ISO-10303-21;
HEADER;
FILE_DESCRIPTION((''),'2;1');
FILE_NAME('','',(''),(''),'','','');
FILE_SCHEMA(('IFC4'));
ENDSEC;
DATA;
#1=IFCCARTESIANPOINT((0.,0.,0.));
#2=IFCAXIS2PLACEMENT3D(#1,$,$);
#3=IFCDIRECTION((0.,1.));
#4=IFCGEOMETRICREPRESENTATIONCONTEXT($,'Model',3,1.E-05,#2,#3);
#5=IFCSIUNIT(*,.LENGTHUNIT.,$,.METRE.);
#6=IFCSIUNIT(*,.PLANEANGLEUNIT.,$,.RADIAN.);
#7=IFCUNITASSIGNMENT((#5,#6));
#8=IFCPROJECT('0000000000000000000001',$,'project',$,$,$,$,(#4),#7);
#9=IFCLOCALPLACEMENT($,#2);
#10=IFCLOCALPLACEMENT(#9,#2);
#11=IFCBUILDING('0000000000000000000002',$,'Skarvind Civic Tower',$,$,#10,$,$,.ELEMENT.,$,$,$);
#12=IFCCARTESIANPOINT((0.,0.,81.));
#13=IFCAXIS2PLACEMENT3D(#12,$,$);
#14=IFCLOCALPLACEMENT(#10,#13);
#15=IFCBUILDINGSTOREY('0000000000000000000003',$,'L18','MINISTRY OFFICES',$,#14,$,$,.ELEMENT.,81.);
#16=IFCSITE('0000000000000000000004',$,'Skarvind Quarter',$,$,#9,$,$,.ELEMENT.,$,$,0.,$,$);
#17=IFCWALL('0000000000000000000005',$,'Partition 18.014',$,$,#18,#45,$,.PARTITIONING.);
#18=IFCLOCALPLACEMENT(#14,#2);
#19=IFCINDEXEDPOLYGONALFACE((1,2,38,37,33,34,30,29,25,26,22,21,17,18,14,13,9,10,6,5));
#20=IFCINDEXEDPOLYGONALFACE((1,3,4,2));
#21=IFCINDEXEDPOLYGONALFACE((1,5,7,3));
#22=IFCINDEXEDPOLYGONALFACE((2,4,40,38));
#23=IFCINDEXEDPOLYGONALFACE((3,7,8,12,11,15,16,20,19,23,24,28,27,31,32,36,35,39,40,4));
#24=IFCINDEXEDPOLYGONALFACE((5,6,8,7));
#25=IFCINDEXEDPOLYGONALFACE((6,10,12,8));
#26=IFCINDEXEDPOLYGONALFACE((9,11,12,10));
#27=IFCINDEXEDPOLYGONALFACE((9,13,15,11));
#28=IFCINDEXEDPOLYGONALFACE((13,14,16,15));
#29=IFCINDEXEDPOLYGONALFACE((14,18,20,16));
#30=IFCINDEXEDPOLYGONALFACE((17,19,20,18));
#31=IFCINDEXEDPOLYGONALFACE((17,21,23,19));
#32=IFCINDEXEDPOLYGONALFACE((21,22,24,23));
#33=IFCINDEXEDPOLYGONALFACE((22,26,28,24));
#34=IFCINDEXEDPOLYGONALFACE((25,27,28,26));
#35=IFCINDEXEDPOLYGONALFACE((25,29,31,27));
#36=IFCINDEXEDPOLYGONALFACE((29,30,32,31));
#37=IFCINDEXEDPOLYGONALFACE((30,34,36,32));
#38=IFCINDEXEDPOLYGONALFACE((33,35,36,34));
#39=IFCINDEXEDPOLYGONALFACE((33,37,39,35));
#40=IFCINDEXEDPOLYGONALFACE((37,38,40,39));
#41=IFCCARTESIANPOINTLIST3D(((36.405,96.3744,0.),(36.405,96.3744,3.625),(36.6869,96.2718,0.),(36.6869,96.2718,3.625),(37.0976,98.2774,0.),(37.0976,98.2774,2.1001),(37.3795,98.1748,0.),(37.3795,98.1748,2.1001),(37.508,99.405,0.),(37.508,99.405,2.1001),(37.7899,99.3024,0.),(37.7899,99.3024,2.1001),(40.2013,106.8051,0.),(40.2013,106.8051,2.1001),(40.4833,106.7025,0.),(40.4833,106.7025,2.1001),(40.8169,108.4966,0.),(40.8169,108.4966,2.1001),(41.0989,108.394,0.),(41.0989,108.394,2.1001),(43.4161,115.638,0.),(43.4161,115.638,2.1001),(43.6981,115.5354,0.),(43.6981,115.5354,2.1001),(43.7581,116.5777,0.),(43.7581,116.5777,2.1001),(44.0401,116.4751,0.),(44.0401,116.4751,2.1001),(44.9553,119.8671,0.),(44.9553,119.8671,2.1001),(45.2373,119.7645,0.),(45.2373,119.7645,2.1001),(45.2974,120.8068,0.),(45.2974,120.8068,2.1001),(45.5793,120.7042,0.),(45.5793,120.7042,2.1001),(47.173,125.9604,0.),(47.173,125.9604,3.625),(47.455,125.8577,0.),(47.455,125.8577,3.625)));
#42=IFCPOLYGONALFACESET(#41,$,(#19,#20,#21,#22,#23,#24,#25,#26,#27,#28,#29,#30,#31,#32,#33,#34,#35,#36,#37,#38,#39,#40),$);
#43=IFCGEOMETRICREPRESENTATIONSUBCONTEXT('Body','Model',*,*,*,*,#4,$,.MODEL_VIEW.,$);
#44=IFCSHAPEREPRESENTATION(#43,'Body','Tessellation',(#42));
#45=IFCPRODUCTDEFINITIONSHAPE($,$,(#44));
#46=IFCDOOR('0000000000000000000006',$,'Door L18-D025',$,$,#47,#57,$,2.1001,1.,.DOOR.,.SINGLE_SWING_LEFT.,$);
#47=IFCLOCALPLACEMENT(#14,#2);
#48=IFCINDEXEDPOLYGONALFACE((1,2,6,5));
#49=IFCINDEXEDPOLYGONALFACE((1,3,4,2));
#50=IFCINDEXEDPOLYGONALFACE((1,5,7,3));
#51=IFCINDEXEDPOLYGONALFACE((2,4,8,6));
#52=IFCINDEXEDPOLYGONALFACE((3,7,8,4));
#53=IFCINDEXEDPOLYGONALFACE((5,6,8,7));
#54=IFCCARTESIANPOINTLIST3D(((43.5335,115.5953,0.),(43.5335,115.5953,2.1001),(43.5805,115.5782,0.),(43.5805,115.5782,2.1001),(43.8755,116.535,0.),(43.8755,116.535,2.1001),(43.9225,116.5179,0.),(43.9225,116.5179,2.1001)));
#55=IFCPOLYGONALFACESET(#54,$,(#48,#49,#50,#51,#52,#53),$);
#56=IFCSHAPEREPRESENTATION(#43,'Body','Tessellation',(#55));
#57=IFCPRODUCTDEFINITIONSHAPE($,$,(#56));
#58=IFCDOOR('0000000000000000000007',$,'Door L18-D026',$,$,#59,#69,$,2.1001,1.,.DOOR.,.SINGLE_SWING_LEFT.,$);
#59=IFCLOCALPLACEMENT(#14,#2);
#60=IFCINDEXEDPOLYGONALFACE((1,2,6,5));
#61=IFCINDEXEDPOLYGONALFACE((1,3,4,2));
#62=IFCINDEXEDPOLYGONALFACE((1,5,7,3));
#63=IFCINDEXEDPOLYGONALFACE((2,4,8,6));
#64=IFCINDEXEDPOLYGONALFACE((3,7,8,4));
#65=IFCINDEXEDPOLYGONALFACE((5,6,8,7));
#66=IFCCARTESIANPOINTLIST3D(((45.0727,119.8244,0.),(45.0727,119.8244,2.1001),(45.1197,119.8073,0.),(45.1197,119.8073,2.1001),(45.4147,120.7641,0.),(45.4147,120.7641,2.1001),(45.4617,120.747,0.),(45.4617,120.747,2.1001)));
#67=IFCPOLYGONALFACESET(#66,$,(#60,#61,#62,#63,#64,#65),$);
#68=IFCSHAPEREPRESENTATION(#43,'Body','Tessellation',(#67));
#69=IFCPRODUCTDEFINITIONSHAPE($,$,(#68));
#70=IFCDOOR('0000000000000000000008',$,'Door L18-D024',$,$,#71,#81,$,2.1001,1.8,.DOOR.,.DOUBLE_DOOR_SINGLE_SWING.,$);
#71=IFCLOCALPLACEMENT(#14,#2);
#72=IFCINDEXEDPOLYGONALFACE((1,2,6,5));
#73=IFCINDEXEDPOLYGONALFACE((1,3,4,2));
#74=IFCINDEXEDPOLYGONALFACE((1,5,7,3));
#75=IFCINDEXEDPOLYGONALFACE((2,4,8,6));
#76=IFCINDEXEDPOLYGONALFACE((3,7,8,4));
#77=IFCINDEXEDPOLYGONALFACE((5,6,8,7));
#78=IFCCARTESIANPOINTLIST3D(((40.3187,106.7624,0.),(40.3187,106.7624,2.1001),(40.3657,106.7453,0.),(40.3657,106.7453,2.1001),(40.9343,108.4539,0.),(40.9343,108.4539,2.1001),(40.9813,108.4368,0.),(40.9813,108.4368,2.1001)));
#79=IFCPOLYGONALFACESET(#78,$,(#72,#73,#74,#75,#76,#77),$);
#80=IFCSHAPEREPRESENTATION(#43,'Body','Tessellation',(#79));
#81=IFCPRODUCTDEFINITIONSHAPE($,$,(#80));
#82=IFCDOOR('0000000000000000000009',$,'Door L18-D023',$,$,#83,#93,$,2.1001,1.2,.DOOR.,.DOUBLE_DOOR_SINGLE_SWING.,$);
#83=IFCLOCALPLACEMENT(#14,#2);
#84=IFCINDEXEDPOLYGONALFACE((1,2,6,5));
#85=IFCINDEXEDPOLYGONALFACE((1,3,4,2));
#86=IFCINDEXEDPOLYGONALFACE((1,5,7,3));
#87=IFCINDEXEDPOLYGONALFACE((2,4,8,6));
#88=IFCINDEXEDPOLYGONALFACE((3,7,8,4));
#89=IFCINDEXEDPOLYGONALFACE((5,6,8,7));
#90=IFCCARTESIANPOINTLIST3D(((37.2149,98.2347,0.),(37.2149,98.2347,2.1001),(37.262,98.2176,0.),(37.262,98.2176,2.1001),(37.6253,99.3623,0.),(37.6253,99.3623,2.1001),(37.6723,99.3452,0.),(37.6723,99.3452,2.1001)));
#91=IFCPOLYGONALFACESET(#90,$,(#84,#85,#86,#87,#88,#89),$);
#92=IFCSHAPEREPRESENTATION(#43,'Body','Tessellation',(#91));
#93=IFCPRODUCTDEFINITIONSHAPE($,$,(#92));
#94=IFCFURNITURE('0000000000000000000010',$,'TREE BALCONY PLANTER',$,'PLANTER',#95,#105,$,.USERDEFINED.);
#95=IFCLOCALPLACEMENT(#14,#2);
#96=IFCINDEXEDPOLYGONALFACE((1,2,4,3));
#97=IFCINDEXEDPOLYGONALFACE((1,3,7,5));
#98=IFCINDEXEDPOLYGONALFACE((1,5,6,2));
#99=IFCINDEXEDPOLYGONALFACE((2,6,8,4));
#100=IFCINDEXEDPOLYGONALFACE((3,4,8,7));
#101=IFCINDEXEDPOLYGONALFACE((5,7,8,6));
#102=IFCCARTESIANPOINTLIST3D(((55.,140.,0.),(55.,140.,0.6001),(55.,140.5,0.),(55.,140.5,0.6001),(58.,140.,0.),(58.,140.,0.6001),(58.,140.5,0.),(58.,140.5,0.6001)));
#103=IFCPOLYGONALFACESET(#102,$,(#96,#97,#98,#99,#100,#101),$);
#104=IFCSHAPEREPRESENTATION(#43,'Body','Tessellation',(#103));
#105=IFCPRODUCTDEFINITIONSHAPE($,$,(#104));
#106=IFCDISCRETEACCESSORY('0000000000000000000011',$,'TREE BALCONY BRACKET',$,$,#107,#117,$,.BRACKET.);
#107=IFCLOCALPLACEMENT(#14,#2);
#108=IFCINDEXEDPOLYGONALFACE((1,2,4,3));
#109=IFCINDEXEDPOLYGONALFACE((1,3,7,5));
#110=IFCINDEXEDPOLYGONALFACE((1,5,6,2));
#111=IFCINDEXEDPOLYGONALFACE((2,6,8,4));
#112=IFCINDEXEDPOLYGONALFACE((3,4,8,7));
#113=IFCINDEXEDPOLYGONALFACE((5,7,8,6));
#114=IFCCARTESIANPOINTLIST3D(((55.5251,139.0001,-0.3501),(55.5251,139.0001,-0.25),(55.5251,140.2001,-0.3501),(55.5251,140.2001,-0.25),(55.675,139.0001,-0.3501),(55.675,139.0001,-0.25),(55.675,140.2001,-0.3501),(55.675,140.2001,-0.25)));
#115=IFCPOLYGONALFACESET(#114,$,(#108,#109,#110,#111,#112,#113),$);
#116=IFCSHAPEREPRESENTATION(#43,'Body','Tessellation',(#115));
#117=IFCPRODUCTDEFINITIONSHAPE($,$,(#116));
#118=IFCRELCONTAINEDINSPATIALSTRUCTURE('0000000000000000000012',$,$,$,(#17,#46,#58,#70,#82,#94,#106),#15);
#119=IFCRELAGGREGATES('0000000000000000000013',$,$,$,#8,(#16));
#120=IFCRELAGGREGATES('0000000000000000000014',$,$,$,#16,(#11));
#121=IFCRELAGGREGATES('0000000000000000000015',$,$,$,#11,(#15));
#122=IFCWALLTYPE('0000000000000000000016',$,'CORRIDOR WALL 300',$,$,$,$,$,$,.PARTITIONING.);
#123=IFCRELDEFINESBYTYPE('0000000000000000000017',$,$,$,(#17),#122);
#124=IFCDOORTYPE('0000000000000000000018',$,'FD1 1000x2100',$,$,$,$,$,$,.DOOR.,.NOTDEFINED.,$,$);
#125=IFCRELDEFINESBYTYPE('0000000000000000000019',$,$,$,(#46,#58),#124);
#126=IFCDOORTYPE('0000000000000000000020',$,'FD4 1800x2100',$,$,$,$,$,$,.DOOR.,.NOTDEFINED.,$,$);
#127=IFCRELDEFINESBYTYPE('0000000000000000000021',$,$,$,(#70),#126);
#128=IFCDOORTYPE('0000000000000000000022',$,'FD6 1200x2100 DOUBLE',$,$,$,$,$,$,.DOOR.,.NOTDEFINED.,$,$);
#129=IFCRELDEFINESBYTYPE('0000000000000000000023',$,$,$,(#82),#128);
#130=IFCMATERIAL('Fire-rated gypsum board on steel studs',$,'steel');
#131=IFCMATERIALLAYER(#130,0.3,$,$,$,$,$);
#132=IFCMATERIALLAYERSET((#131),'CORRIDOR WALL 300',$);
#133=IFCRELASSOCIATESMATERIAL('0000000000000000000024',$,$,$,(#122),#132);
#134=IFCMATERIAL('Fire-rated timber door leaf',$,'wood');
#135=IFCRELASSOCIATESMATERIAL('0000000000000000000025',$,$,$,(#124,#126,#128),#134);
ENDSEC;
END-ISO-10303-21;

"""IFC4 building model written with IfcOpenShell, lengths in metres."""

from ifc_helpers import new_model, si_unit, direction, frame, frame_2d, origin, origin_2d, place, context, subcontext, project, spatial, rectangle, extrude, material, layer, layer_set, type_object, element, fill, save


model = new_model("IFC4")

# Units and contexts
model_context = context("Model", 3, precision=1e-05, world=origin(), true_north=direction((0.0, 1.0)))
body_context = subcontext(model_context, "Body", "Model", "MODEL_VIEW")
ifc_project = project(units=[si_unit("LENGTHUNIT", "METRE"), si_unit("PLANEANGLEUNIT", "RADIAN")], contexts=[model_context])

# Site, building, storey
site_placement = place(None, origin())
site = spatial("IfcSite", under=ifc_project, at=site_placement, Name="Skarvind Quarter", CompositionType="ELEMENT", RefElevation=0.0)
building_placement = place(site_placement, origin())
building = spatial("IfcBuilding", under=site, at=building_placement, Name="Skarvind Civic Tower", CompositionType="ELEMENT")
storey_placement = place(building_placement, frame((0.0, 0.0, 81.0)))
storey = spatial("IfcBuildingStorey", under=building, at=storey_placement, Name="L18", Description="MINISTRY OFFICES", CompositionType="ELEMENT", Elevation=81.0)

# Wall, openings, doors
ifc_material_1 = material(Name="Fire-rated gypsum board on steel studs", Category="steel")
ifc_layer_1 = layer(ifc_material_1, 0.3)
ifc_layer_set_1 = layer_set([ifc_layer_1], Name="CORRIDOR WALL 300")
wall_type_1 = type_object("IfcWallType", Name="CORRIDOR WALL 300", PredefinedType="PARTITIONING", material=ifc_layer_set_1)
wall_1_placement = place(storey_placement, frame((47.314, 125.9089, 0.0), z_axis=(0.0, 0.0, 1.0), x_axis=(-0.342011, -0.939696, 0.0)))
wall_1 = element("IfcWall", 1, at=wall_1_placement, inside=storey, type_object=wall_type_1, Name="Partition 18.014", PredefinedType="PARTITIONING", context=body_context, shape_type="SweptSolid", body=[
    extrude(rectangle(XDim=31.4846, YDim=0.3, at=frame_2d((15.7422, 0.0))), origin(), (0.0, 0.0, 1.0), 3.625),
])
opening_1_placement = place(wall_1_placement, frame((28.2593, 0.0, 0.0)))
opening_1 = element("IfcOpeningElement", 2, at=opening_1_placement, cuts=wall_1, PredefinedType="OPENING", context=body_context, shape_type="SweptSolid", body=[
    extrude(rectangle(XDim=1.2, YDim=2.1001, at=frame_2d((0.6001, 1.05))), frame((0.0, 0.1599, 0.0), z_axis=(0.0, -1.0, 0.0), x_axis=(1.0, 0.0, 0.0)), (0.0, 0.0, 1.0), 0.3201),
])
opening_2_placement = place(wall_1_placement, frame((18.5845, 0.0, 0.0)))
opening_2 = element("IfcOpeningElement", 3, at=opening_2_placement, cuts=wall_1, PredefinedType="OPENING", context=body_context, shape_type="SweptSolid", body=[
    extrude(rectangle(XDim=1.8, YDim=2.1001, at=frame_2d((0.8999, 1.05))), frame((0.0, 0.1599, 0.0), z_axis=(0.0, -1.0, 0.0), x_axis=(1.0, 0.0, 0.0)), (0.0, 0.0, 1.0), 0.3201),
])
opening_3_placement = place(wall_1_placement, frame((9.9846, 0.0, 0.0)))
opening_3 = element("IfcOpeningElement", 4, at=opening_3_placement, cuts=wall_1, PredefinedType="OPENING", context=body_context, shape_type="SweptSolid", body=[
    extrude(rectangle(XDim=1.0, YDim=2.1001, at=frame_2d((0.5, 1.05))), frame((0.0, 0.1599, 0.0), z_axis=(0.0, -1.0, 0.0), x_axis=(1.0, 0.0, 0.0)), (0.0, 0.0, 1.0), 0.3201),
])
opening_4_placement = place(wall_1_placement, frame((5.4841, 0.0, 0.0)))
opening_4 = element("IfcOpeningElement", 5, at=opening_4_placement, cuts=wall_1, PredefinedType="OPENING", context=body_context, shape_type="SweptSolid", body=[
    extrude(rectangle(XDim=1.0, YDim=2.1001, at=frame_2d((0.5, 1.05))), frame((0.0, 0.1599, 0.0), z_axis=(0.0, -1.0, 0.0), x_axis=(1.0, 0.0, 0.0)), (0.0, 0.0, 1.0), 0.3201),
])
ifc_material_2 = material(Name="Fire-rated timber door leaf", Category="wood")
door_type_1 = type_object("IfcDoorType", Name="FD1 1000x2100", OperationType="NOTDEFINED", PredefinedType="DOOR", material=ifc_material_2)
door_1_placement = place(opening_3_placement, origin())
door_1 = element("IfcDoor", 6, at=door_1_placement, inside=storey, type_object=door_type_1, Name="Door L18-D025", OperationType="SINGLE_SWING_LEFT", OverallHeight=2.1001, OverallWidth=1.0, PredefinedType="DOOR", context=body_context, shape_type="SweptSolid", body=[
    extrude(rectangle(XDim=1.0, YDim=2.1001, at=frame_2d((0.5, 1.05))), frame((0.0, 0.0249, 0.0), z_axis=(0.0, -1.0, 0.0), x_axis=(1.0, 0.0, 0.0)), (0.0, 0.0, 1.0), 0.05),
])
fill(opening_3, door_1)
door_2_placement = place(opening_4_placement, origin())
door_2 = element("IfcDoor", 7, at=door_2_placement, inside=storey, type_object=door_type_1, Name="Door L18-D026", OperationType="SINGLE_SWING_LEFT", OverallHeight=2.1001, OverallWidth=1.0, PredefinedType="DOOR", context=body_context, shape_type="SweptSolid", body=[
    extrude(rectangle(XDim=1.0, YDim=2.1001, at=frame_2d((0.5, 1.05))), frame((0.0, 0.0249, 0.0), z_axis=(0.0, -1.0, 0.0), x_axis=(1.0, 0.0, 0.0)), (0.0, 0.0, 1.0), 0.05),
])
fill(opening_4, door_2)
door_type_2 = type_object("IfcDoorType", Name="FD4 1800x2100", OperationType="NOTDEFINED", PredefinedType="DOOR", material=ifc_material_2)
door_3_placement = place(opening_2_placement, origin())
door_3 = element("IfcDoor", 8, at=door_3_placement, inside=storey, type_object=door_type_2, Name="Door L18-D024", OperationType="DOUBLE_DOOR_SINGLE_SWING", OverallHeight=2.1001, OverallWidth=1.8, PredefinedType="DOOR", context=body_context, shape_type="SweptSolid", body=[
    extrude(rectangle(XDim=1.8, YDim=2.1001, at=frame_2d((0.8999, 1.05))), frame((0.0, 0.0249, 0.0), z_axis=(0.0, -1.0, 0.0), x_axis=(1.0, 0.0, 0.0)), (0.0, 0.0, 1.0), 0.05),
])
fill(opening_2, door_3)
door_type_3 = type_object("IfcDoorType", Name="FD6 1200x2100 DOUBLE", OperationType="NOTDEFINED", PredefinedType="DOOR", material=ifc_material_2)
door_4_placement = place(opening_1_placement, origin())
door_4 = element("IfcDoor", 9, at=door_4_placement, inside=storey, type_object=door_type_3, Name="Door L18-D023", OperationType="DOUBLE_DOOR_SINGLE_SWING", OverallHeight=2.1001, OverallWidth=1.2, PredefinedType="DOOR", context=body_context, shape_type="SweptSolid", body=[
    extrude(rectangle(XDim=1.2, YDim=2.1001, at=frame_2d((0.6001, 1.05))), frame((0.0, 0.0249, 0.0), z_axis=(0.0, -1.0, 0.0), x_axis=(1.0, 0.0, 0.0)), (0.0, 0.0, 1.0), 0.05),
])
fill(opening_1, door_4)

# Furniture
furniture_placement = place(storey_placement, frame((56.5, 140.25, 0.0), z_axis=(0.0, 0.0, 1.0), x_axis=(1.0, 0.0, 0.0)))
element("IfcFurniture", 10, at=furniture_placement, inside=storey, Name="TREE BALCONY PLANTER", ObjectType="PLANTER", PredefinedType="USERDEFINED", context=body_context, shape_type="SweptSolid", body=[
    extrude(rectangle(XDim=3.0, YDim=0.5, at=origin_2d()), origin(), (0.0, 0.0, 1.0), 0.6001),
])

# Discrete accessory
discrete_accessory_placement = place(storey_placement, frame((55.6001, 139.6001, -0.3501), z_axis=(0.0, 0.0, 1.0), x_axis=(1.0, 0.0, 0.0)))
element("IfcDiscreteAccessory", 11, at=discrete_accessory_placement, inside=storey, Name="TREE BALCONY BRACKET", PredefinedType="BRACKET", context=body_context, shape_type="SweptSolid", body=[
    extrude(rectangle(XDim=0.1499, YDim=1.2, at=origin_2d()), origin(), (0.0, 0.0, 1.0), 0.1001),
])

save(model, "model.ifc")
